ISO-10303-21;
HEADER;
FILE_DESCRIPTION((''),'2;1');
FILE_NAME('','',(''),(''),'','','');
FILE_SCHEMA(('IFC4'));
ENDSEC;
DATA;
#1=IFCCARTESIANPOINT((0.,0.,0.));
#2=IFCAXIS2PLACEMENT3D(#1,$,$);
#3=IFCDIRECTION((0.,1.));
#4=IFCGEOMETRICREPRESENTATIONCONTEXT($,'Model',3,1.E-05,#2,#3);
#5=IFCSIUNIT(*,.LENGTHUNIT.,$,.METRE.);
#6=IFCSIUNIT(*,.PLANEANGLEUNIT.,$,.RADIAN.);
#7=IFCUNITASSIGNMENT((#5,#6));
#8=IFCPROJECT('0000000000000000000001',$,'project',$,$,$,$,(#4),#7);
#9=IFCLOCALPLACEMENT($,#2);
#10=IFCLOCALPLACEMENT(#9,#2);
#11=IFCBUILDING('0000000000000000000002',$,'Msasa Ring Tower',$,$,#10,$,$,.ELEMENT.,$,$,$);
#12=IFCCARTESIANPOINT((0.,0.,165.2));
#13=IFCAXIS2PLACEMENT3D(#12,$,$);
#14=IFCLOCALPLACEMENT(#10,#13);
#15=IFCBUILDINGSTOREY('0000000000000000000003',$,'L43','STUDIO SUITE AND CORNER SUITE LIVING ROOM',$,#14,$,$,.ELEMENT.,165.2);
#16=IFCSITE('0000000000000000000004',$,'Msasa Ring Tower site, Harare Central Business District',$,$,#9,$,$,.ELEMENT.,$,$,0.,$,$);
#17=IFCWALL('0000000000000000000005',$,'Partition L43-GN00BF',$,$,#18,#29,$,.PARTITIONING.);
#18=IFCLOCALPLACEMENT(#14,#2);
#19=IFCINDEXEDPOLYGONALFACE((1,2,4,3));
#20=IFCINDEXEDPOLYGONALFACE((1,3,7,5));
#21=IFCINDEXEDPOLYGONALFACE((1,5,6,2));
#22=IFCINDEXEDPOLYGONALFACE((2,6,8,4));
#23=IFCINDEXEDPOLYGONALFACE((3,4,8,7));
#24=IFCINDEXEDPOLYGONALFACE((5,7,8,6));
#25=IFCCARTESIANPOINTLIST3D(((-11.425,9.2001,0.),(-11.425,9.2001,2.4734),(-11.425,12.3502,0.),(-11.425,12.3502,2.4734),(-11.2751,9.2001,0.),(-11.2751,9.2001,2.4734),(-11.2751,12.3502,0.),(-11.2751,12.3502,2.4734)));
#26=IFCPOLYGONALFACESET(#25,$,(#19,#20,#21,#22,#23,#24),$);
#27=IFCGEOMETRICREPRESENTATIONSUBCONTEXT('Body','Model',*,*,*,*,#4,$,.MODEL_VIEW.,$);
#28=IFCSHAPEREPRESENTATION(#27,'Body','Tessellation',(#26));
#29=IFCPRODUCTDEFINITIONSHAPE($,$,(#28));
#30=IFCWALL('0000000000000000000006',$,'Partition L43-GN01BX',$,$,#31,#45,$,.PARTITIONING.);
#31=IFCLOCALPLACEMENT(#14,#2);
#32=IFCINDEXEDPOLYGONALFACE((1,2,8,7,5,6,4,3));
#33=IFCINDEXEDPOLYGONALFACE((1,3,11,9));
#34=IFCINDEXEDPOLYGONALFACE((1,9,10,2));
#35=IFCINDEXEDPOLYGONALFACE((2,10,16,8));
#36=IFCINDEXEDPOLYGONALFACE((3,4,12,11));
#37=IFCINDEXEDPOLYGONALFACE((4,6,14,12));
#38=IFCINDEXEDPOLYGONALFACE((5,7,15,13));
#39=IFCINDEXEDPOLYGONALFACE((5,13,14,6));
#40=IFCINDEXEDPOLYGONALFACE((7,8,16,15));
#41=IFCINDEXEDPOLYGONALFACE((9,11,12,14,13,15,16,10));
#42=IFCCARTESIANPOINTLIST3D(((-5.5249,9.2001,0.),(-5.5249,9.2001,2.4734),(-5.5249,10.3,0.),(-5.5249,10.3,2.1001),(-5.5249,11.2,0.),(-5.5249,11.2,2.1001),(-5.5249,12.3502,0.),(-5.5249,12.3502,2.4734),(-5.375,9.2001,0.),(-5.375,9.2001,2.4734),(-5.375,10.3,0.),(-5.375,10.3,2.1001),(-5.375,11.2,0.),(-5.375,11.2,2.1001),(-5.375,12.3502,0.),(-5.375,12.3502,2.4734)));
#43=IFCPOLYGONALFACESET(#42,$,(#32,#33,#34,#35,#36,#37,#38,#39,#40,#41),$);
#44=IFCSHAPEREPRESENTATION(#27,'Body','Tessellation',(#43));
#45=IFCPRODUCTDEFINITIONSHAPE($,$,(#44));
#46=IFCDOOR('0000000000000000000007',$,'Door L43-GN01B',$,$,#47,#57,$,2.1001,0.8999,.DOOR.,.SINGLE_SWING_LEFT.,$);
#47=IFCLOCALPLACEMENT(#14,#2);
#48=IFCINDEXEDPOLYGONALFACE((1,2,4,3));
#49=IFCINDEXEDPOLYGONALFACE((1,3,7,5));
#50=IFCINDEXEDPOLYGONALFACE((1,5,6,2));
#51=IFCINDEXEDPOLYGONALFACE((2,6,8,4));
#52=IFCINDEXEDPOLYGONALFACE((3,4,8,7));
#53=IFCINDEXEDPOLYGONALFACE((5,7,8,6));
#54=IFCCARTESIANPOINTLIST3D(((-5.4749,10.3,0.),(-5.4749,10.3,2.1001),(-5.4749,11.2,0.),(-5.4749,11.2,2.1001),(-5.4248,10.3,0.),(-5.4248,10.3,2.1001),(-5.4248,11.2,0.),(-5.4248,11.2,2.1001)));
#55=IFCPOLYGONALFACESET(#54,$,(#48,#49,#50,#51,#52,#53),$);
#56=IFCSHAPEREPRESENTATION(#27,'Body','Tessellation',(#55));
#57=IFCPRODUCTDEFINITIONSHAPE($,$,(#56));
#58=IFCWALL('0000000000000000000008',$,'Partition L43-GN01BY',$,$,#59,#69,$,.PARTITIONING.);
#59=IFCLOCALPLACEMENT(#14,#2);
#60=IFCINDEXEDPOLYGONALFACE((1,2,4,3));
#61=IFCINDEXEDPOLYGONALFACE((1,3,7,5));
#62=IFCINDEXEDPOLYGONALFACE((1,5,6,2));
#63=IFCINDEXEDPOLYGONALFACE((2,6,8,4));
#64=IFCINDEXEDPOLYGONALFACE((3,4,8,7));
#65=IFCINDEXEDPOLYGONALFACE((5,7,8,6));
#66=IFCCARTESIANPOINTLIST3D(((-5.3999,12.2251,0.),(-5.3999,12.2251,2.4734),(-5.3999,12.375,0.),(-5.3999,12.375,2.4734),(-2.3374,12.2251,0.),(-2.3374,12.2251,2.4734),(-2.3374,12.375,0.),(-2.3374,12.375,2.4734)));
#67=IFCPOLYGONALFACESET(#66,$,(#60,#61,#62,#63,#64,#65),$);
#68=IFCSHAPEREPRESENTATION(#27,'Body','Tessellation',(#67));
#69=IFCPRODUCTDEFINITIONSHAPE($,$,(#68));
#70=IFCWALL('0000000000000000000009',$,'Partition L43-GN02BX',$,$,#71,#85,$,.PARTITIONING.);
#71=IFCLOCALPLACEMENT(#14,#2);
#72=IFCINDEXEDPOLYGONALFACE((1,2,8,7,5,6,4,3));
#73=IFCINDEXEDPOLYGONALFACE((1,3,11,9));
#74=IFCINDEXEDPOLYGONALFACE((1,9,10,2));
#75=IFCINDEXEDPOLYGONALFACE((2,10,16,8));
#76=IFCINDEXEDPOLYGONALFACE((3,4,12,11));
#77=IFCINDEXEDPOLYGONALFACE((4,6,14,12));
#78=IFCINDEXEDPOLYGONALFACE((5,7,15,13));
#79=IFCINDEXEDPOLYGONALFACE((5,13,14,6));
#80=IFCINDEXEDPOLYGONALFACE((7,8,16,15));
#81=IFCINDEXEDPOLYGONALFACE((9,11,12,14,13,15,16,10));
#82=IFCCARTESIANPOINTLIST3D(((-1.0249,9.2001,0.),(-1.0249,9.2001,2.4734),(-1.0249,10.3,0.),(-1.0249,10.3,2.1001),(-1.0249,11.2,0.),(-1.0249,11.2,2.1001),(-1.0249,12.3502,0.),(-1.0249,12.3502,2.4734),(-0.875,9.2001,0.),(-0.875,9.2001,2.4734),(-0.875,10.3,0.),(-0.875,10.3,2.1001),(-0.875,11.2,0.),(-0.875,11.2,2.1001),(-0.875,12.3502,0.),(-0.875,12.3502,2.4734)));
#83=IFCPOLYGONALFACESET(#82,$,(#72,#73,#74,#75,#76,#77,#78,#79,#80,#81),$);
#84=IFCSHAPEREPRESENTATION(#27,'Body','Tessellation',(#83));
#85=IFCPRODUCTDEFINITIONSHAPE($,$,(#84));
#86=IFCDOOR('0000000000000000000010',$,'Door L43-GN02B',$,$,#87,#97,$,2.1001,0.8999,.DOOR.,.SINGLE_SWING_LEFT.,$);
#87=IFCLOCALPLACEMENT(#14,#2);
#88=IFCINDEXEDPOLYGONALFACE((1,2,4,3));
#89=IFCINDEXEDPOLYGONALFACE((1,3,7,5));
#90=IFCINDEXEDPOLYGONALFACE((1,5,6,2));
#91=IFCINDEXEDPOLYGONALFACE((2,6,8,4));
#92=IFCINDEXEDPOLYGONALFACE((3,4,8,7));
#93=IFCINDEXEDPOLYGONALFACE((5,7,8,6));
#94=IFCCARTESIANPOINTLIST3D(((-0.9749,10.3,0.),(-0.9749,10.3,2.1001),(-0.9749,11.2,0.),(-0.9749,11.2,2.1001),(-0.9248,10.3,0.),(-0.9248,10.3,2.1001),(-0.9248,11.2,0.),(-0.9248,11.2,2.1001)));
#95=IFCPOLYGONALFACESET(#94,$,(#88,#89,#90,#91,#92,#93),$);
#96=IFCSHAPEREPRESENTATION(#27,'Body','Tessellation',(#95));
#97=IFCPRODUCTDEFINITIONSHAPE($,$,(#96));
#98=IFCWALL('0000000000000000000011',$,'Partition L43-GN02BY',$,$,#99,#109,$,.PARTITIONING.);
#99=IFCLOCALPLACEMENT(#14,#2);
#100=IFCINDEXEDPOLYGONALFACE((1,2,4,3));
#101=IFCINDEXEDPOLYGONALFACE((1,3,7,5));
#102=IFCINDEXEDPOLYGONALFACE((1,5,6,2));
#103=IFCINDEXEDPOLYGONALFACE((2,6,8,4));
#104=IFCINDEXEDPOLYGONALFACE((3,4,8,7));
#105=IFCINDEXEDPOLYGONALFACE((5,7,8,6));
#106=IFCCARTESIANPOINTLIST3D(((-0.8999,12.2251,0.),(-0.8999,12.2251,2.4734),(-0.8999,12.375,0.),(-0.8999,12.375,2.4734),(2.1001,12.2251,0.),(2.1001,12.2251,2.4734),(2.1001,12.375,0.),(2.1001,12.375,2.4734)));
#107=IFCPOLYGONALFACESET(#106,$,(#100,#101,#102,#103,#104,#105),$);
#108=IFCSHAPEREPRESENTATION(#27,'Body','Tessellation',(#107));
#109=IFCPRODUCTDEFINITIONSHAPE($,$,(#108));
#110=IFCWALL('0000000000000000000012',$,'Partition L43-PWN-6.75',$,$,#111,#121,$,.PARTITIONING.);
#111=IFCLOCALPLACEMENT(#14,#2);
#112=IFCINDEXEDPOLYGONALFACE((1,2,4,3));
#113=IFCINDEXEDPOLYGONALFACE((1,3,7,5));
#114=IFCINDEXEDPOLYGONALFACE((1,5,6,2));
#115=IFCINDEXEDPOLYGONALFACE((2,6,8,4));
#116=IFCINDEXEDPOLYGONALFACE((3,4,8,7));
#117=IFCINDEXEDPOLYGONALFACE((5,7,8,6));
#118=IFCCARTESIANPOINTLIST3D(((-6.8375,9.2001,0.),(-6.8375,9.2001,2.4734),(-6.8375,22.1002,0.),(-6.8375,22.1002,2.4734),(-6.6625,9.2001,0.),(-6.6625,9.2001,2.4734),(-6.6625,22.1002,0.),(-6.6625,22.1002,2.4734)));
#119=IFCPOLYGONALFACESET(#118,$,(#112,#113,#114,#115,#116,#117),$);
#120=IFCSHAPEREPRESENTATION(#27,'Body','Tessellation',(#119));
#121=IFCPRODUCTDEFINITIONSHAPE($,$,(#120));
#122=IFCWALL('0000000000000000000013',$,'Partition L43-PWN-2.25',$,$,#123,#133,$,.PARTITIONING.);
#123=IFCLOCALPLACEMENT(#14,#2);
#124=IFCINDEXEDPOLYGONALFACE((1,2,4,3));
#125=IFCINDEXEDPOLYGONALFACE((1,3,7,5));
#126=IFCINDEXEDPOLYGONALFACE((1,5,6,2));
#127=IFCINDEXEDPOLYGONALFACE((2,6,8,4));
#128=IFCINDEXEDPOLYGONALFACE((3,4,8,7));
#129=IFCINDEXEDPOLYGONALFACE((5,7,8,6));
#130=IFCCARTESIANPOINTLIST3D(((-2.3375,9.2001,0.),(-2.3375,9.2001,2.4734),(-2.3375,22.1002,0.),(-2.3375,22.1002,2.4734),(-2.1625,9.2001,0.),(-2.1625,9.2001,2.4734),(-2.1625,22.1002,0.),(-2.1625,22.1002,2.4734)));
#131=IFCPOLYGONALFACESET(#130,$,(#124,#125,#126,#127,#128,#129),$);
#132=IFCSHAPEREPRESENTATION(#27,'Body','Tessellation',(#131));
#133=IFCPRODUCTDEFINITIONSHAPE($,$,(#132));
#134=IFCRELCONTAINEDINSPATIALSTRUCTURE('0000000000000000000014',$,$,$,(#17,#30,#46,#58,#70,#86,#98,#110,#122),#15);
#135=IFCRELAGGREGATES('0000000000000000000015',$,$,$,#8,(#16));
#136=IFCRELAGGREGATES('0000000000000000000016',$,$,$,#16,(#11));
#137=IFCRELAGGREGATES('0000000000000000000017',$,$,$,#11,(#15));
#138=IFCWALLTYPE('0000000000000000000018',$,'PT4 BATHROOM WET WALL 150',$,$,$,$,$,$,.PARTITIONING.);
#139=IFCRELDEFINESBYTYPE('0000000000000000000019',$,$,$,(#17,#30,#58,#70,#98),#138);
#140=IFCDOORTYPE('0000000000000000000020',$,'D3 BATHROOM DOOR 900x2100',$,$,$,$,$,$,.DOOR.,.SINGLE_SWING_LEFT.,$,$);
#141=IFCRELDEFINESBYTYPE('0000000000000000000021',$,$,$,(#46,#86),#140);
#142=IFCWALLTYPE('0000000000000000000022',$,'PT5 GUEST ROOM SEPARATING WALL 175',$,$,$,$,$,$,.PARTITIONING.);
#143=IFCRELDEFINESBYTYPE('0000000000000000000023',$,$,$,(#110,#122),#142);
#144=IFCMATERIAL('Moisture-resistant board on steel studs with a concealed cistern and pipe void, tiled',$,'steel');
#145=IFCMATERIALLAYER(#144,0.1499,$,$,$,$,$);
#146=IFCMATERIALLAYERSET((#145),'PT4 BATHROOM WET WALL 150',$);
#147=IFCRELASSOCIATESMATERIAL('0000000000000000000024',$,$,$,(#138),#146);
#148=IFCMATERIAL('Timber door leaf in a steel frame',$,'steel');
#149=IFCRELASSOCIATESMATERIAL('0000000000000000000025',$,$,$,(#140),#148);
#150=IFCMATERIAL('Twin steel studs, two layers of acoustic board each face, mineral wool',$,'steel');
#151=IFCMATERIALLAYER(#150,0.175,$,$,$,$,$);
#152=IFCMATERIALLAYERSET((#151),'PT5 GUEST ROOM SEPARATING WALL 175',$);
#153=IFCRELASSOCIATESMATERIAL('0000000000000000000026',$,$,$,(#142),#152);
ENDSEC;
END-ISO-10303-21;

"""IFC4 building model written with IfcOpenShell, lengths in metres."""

from ifc_helpers import new_model, si_unit, direction, frame, frame_2d, origin, place, context, subcontext, project, spatial, rectangle, extrude, material, layer, layer_set, type_object, element, fill, save


model = new_model("IFC4")

# Units and contexts
model_context = context("Model", 3, precision=1e-05, world=origin(), true_north=direction((0.0, 1.0)))
body_context = subcontext(model_context, "Body", "Model", "MODEL_VIEW")
ifc_project = project(units=[si_unit("LENGTHUNIT", "METRE"), si_unit("PLANEANGLEUNIT", "RADIAN")], contexts=[model_context])

# Site, building, storey
site_placement = place(None, origin())
site = spatial("IfcSite", under=ifc_project, at=site_placement, Name="Msasa Ring Tower site, Harare Central Business District", CompositionType="ELEMENT", RefElevation=0.0)
building_placement = place(site_placement, origin())
building = spatial("IfcBuilding", under=site, at=building_placement, Name="Msasa Ring Tower", CompositionType="ELEMENT")
storey_placement = place(building_placement, frame((0.0, 0.0, 165.2)))
storey = spatial("IfcBuildingStorey", under=building, at=storey_placement, Name="L43", Description="STUDIO SUITE AND CORNER SUITE LIVING ROOM", CompositionType="ELEMENT", Elevation=165.2)

# Wall
ifc_material_1 = material(Name="Moisture-resistant board on steel studs with a concealed cistern and pipe void, tiled", Category="steel")
ifc_layer_1 = layer(ifc_material_1, 0.1499)
ifc_layer_set_1 = layer_set([ifc_layer_1], Name="PT4 BATHROOM WET WALL 150")
wall_type_1 = type_object("IfcWallType", Name="PT4 BATHROOM WET WALL 150", PredefinedType="PARTITIONING", material=ifc_layer_set_1)
wall_1_placement = place(storey_placement, frame((-11.3501, 9.2, 0.0), z_axis=(0.0, 0.0, 1.0), x_axis=(0.0, 1.0, 0.0)))
element("IfcWall", 1, at=wall_1_placement, inside=storey, type_object=wall_type_1, Name="Partition L43-GN00BF", PredefinedType="PARTITIONING", context=body_context, shape_type="SweptSolid", body=[
    extrude(rectangle(XDim=3.1501, YDim=0.1499, at=frame_2d((1.5752, 0.0))), origin(), (0.0, 0.0, 1.0), 2.4734),
])

# Wall, opening, door
wall_2_placement = place(storey_placement, frame((-5.45, 9.2, 0.0), z_axis=(0.0, 0.0, 1.0), x_axis=(0.0, 1.0, 0.0)))
wall_2 = element("IfcWall", 2, at=wall_2_placement, inside=storey, type_object=wall_type_1, Name="Partition L43-GN01BX", PredefinedType="PARTITIONING", context=body_context, shape_type="SweptSolid", body=[
    extrude(rectangle(XDim=3.1501, YDim=0.1499, at=frame_2d((1.5752, 0.0))), origin(), (0.0, 0.0, 1.0), 2.4734),
])
opening_1_placement = place(wall_2_placement, frame((1.1001, 0.0, 0.0)))
opening_1 = element("IfcOpeningElement", 3, at=opening_1_placement, cuts=wall_2, PredefinedType="OPENING", context=body_context, shape_type="SweptSolid", body=[
    extrude(rectangle(XDim=0.8999, YDim=2.1001, at=frame_2d((0.45, 1.05))), frame((0.0, 0.085, 0.0), z_axis=(0.0, -1.0, 0.0), x_axis=(1.0, 0.0, 0.0)), (0.0, 0.0, 1.0), 0.1699),
])
ifc_material_2 = material(Name="Timber door leaf in a steel frame", Category="steel")
door_type = type_object("IfcDoorType", Name="D3 BATHROOM DOOR 900x2100", OperationType="SINGLE_SWING_LEFT", PredefinedType="DOOR", material=ifc_material_2)
door_1_placement = place(opening_1_placement, origin())
door_1 = element("IfcDoor", 4, at=door_1_placement, inside=storey, type_object=door_type, Name="Door L43-GN01B", OperationType="SINGLE_SWING_LEFT", OverallHeight=2.1001, OverallWidth=0.8999, PredefinedType="DOOR", context=body_context, shape_type="SweptSolid", body=[
    extrude(rectangle(XDim=0.8999, YDim=2.1001, at=frame_2d((0.45, 1.05))), frame((0.0, 0.0249, 0.0), z_axis=(0.0, -1.0, 0.0), x_axis=(1.0, 0.0, 0.0)), (0.0, 0.0, 1.0), 0.05),
])
fill(opening_1, door_1)

# Wall
wall_3_placement = place(storey_placement, frame((-5.3999, 12.3, 0.0), z_axis=(0.0, 0.0, 1.0), x_axis=(1.0, 0.0, 0.0)))
element("IfcWall", 5, at=wall_3_placement, inside=storey, type_object=wall_type_1, Name="Partition L43-GN01BY", PredefinedType="PARTITIONING", context=body_context, shape_type="SweptSolid", body=[
    extrude(rectangle(XDim=3.0625, YDim=0.1499, at=frame_2d((1.5312, 0.0))), origin(), (0.0, 0.0, 1.0), 2.4734),
])

# Wall, opening, door
wall_4_placement = place(storey_placement, frame((-0.95, 9.2, 0.0), z_axis=(0.0, 0.0, 1.0), x_axis=(0.0, 1.0, 0.0)))
wall_4 = element("IfcWall", 6, at=wall_4_placement, inside=storey, type_object=wall_type_1, Name="Partition L43-GN02BX", PredefinedType="PARTITIONING", context=body_context, shape_type="SweptSolid", body=[
    extrude(rectangle(XDim=3.1501, YDim=0.1499, at=frame_2d((1.5752, 0.0))), origin(), (0.0, 0.0, 1.0), 2.4734),
])
opening_2_placement = place(wall_4_placement, frame((1.1001, 0.0, 0.0)))
opening_2 = element("IfcOpeningElement", 7, at=opening_2_placement, cuts=wall_4, PredefinedType="OPENING", context=body_context, shape_type="SweptSolid", body=[
    extrude(rectangle(XDim=0.8999, YDim=2.1001, at=frame_2d((0.45, 1.05))), frame((0.0, 0.085, 0.0), z_axis=(0.0, -1.0, 0.0), x_axis=(1.0, 0.0, 0.0)), (0.0, 0.0, 1.0), 0.1699),
])
door_2_placement = place(opening_2_placement, origin())
door_2 = element("IfcDoor", 8, at=door_2_placement, inside=storey, type_object=door_type, Name="Door L43-GN02B", OperationType="SINGLE_SWING_LEFT", OverallHeight=2.1001, OverallWidth=0.8999, PredefinedType="DOOR", context=body_context, shape_type="SweptSolid", body=[
    extrude(rectangle(XDim=0.8999, YDim=2.1001, at=frame_2d((0.45, 1.05))), frame((0.0, 0.0249, 0.0), z_axis=(0.0, -1.0, 0.0), x_axis=(1.0, 0.0, 0.0)), (0.0, 0.0, 1.0), 0.05),
])
fill(opening_2, door_2)

# Walls
wall_5_placement = place(storey_placement, frame((-0.8999, 12.3, 0.0), z_axis=(0.0, 0.0, 1.0), x_axis=(1.0, 0.0, 0.0)))
element("IfcWall", 9, at=wall_5_placement, inside=storey, type_object=wall_type_1, Name="Partition L43-GN02BY", PredefinedType="PARTITIONING", context=body_context, shape_type="SweptSolid", body=[
    extrude(rectangle(XDim=3.0, YDim=0.1499, at=frame_2d((1.5, 0.0))), origin(), (0.0, 0.0, 1.0), 2.4734),
])
ifc_material_3 = material(Name="Twin steel studs, two layers of acoustic board each face, mineral wool", Category="steel")
ifc_layer_2 = layer(ifc_material_3, 0.175)
ifc_layer_set_2 = layer_set([ifc_layer_2], Name="PT5 GUEST ROOM SEPARATING WALL 175")
wall_type_2 = type_object("IfcWallType", Name="PT5 GUEST ROOM SEPARATING WALL 175", PredefinedType="PARTITIONING", material=ifc_layer_set_2)
for number, where, z_axis, x_axis, name in (
    (10, (-6.75, 9.2, 0.0), (0.0, 0.0, 1.0), (0.0, 1.0, 0.0), "Partition L43-PWN-6.75"),
    (11, (-2.25, 9.2, 0.0), (0.0, 0.0, 1.0), (0.0, 1.0, 0.0), "Partition L43-PWN-2.25"),
):
    element("IfcWall", number, at=place(storey_placement, frame(where, z_axis=z_axis, x_axis=x_axis)), inside=storey, type_object=wall_type_2, Name=name, PredefinedType="PARTITIONING", context=body_context, shape_type="SweptSolid", body=[
        extrude(rectangle(XDim=12.9001, YDim=0.175, at=frame_2d((6.4502, 0.0))), origin(), (0.0, 0.0, 1.0), 2.4734),
    ])

save(model, "model.ifc")
